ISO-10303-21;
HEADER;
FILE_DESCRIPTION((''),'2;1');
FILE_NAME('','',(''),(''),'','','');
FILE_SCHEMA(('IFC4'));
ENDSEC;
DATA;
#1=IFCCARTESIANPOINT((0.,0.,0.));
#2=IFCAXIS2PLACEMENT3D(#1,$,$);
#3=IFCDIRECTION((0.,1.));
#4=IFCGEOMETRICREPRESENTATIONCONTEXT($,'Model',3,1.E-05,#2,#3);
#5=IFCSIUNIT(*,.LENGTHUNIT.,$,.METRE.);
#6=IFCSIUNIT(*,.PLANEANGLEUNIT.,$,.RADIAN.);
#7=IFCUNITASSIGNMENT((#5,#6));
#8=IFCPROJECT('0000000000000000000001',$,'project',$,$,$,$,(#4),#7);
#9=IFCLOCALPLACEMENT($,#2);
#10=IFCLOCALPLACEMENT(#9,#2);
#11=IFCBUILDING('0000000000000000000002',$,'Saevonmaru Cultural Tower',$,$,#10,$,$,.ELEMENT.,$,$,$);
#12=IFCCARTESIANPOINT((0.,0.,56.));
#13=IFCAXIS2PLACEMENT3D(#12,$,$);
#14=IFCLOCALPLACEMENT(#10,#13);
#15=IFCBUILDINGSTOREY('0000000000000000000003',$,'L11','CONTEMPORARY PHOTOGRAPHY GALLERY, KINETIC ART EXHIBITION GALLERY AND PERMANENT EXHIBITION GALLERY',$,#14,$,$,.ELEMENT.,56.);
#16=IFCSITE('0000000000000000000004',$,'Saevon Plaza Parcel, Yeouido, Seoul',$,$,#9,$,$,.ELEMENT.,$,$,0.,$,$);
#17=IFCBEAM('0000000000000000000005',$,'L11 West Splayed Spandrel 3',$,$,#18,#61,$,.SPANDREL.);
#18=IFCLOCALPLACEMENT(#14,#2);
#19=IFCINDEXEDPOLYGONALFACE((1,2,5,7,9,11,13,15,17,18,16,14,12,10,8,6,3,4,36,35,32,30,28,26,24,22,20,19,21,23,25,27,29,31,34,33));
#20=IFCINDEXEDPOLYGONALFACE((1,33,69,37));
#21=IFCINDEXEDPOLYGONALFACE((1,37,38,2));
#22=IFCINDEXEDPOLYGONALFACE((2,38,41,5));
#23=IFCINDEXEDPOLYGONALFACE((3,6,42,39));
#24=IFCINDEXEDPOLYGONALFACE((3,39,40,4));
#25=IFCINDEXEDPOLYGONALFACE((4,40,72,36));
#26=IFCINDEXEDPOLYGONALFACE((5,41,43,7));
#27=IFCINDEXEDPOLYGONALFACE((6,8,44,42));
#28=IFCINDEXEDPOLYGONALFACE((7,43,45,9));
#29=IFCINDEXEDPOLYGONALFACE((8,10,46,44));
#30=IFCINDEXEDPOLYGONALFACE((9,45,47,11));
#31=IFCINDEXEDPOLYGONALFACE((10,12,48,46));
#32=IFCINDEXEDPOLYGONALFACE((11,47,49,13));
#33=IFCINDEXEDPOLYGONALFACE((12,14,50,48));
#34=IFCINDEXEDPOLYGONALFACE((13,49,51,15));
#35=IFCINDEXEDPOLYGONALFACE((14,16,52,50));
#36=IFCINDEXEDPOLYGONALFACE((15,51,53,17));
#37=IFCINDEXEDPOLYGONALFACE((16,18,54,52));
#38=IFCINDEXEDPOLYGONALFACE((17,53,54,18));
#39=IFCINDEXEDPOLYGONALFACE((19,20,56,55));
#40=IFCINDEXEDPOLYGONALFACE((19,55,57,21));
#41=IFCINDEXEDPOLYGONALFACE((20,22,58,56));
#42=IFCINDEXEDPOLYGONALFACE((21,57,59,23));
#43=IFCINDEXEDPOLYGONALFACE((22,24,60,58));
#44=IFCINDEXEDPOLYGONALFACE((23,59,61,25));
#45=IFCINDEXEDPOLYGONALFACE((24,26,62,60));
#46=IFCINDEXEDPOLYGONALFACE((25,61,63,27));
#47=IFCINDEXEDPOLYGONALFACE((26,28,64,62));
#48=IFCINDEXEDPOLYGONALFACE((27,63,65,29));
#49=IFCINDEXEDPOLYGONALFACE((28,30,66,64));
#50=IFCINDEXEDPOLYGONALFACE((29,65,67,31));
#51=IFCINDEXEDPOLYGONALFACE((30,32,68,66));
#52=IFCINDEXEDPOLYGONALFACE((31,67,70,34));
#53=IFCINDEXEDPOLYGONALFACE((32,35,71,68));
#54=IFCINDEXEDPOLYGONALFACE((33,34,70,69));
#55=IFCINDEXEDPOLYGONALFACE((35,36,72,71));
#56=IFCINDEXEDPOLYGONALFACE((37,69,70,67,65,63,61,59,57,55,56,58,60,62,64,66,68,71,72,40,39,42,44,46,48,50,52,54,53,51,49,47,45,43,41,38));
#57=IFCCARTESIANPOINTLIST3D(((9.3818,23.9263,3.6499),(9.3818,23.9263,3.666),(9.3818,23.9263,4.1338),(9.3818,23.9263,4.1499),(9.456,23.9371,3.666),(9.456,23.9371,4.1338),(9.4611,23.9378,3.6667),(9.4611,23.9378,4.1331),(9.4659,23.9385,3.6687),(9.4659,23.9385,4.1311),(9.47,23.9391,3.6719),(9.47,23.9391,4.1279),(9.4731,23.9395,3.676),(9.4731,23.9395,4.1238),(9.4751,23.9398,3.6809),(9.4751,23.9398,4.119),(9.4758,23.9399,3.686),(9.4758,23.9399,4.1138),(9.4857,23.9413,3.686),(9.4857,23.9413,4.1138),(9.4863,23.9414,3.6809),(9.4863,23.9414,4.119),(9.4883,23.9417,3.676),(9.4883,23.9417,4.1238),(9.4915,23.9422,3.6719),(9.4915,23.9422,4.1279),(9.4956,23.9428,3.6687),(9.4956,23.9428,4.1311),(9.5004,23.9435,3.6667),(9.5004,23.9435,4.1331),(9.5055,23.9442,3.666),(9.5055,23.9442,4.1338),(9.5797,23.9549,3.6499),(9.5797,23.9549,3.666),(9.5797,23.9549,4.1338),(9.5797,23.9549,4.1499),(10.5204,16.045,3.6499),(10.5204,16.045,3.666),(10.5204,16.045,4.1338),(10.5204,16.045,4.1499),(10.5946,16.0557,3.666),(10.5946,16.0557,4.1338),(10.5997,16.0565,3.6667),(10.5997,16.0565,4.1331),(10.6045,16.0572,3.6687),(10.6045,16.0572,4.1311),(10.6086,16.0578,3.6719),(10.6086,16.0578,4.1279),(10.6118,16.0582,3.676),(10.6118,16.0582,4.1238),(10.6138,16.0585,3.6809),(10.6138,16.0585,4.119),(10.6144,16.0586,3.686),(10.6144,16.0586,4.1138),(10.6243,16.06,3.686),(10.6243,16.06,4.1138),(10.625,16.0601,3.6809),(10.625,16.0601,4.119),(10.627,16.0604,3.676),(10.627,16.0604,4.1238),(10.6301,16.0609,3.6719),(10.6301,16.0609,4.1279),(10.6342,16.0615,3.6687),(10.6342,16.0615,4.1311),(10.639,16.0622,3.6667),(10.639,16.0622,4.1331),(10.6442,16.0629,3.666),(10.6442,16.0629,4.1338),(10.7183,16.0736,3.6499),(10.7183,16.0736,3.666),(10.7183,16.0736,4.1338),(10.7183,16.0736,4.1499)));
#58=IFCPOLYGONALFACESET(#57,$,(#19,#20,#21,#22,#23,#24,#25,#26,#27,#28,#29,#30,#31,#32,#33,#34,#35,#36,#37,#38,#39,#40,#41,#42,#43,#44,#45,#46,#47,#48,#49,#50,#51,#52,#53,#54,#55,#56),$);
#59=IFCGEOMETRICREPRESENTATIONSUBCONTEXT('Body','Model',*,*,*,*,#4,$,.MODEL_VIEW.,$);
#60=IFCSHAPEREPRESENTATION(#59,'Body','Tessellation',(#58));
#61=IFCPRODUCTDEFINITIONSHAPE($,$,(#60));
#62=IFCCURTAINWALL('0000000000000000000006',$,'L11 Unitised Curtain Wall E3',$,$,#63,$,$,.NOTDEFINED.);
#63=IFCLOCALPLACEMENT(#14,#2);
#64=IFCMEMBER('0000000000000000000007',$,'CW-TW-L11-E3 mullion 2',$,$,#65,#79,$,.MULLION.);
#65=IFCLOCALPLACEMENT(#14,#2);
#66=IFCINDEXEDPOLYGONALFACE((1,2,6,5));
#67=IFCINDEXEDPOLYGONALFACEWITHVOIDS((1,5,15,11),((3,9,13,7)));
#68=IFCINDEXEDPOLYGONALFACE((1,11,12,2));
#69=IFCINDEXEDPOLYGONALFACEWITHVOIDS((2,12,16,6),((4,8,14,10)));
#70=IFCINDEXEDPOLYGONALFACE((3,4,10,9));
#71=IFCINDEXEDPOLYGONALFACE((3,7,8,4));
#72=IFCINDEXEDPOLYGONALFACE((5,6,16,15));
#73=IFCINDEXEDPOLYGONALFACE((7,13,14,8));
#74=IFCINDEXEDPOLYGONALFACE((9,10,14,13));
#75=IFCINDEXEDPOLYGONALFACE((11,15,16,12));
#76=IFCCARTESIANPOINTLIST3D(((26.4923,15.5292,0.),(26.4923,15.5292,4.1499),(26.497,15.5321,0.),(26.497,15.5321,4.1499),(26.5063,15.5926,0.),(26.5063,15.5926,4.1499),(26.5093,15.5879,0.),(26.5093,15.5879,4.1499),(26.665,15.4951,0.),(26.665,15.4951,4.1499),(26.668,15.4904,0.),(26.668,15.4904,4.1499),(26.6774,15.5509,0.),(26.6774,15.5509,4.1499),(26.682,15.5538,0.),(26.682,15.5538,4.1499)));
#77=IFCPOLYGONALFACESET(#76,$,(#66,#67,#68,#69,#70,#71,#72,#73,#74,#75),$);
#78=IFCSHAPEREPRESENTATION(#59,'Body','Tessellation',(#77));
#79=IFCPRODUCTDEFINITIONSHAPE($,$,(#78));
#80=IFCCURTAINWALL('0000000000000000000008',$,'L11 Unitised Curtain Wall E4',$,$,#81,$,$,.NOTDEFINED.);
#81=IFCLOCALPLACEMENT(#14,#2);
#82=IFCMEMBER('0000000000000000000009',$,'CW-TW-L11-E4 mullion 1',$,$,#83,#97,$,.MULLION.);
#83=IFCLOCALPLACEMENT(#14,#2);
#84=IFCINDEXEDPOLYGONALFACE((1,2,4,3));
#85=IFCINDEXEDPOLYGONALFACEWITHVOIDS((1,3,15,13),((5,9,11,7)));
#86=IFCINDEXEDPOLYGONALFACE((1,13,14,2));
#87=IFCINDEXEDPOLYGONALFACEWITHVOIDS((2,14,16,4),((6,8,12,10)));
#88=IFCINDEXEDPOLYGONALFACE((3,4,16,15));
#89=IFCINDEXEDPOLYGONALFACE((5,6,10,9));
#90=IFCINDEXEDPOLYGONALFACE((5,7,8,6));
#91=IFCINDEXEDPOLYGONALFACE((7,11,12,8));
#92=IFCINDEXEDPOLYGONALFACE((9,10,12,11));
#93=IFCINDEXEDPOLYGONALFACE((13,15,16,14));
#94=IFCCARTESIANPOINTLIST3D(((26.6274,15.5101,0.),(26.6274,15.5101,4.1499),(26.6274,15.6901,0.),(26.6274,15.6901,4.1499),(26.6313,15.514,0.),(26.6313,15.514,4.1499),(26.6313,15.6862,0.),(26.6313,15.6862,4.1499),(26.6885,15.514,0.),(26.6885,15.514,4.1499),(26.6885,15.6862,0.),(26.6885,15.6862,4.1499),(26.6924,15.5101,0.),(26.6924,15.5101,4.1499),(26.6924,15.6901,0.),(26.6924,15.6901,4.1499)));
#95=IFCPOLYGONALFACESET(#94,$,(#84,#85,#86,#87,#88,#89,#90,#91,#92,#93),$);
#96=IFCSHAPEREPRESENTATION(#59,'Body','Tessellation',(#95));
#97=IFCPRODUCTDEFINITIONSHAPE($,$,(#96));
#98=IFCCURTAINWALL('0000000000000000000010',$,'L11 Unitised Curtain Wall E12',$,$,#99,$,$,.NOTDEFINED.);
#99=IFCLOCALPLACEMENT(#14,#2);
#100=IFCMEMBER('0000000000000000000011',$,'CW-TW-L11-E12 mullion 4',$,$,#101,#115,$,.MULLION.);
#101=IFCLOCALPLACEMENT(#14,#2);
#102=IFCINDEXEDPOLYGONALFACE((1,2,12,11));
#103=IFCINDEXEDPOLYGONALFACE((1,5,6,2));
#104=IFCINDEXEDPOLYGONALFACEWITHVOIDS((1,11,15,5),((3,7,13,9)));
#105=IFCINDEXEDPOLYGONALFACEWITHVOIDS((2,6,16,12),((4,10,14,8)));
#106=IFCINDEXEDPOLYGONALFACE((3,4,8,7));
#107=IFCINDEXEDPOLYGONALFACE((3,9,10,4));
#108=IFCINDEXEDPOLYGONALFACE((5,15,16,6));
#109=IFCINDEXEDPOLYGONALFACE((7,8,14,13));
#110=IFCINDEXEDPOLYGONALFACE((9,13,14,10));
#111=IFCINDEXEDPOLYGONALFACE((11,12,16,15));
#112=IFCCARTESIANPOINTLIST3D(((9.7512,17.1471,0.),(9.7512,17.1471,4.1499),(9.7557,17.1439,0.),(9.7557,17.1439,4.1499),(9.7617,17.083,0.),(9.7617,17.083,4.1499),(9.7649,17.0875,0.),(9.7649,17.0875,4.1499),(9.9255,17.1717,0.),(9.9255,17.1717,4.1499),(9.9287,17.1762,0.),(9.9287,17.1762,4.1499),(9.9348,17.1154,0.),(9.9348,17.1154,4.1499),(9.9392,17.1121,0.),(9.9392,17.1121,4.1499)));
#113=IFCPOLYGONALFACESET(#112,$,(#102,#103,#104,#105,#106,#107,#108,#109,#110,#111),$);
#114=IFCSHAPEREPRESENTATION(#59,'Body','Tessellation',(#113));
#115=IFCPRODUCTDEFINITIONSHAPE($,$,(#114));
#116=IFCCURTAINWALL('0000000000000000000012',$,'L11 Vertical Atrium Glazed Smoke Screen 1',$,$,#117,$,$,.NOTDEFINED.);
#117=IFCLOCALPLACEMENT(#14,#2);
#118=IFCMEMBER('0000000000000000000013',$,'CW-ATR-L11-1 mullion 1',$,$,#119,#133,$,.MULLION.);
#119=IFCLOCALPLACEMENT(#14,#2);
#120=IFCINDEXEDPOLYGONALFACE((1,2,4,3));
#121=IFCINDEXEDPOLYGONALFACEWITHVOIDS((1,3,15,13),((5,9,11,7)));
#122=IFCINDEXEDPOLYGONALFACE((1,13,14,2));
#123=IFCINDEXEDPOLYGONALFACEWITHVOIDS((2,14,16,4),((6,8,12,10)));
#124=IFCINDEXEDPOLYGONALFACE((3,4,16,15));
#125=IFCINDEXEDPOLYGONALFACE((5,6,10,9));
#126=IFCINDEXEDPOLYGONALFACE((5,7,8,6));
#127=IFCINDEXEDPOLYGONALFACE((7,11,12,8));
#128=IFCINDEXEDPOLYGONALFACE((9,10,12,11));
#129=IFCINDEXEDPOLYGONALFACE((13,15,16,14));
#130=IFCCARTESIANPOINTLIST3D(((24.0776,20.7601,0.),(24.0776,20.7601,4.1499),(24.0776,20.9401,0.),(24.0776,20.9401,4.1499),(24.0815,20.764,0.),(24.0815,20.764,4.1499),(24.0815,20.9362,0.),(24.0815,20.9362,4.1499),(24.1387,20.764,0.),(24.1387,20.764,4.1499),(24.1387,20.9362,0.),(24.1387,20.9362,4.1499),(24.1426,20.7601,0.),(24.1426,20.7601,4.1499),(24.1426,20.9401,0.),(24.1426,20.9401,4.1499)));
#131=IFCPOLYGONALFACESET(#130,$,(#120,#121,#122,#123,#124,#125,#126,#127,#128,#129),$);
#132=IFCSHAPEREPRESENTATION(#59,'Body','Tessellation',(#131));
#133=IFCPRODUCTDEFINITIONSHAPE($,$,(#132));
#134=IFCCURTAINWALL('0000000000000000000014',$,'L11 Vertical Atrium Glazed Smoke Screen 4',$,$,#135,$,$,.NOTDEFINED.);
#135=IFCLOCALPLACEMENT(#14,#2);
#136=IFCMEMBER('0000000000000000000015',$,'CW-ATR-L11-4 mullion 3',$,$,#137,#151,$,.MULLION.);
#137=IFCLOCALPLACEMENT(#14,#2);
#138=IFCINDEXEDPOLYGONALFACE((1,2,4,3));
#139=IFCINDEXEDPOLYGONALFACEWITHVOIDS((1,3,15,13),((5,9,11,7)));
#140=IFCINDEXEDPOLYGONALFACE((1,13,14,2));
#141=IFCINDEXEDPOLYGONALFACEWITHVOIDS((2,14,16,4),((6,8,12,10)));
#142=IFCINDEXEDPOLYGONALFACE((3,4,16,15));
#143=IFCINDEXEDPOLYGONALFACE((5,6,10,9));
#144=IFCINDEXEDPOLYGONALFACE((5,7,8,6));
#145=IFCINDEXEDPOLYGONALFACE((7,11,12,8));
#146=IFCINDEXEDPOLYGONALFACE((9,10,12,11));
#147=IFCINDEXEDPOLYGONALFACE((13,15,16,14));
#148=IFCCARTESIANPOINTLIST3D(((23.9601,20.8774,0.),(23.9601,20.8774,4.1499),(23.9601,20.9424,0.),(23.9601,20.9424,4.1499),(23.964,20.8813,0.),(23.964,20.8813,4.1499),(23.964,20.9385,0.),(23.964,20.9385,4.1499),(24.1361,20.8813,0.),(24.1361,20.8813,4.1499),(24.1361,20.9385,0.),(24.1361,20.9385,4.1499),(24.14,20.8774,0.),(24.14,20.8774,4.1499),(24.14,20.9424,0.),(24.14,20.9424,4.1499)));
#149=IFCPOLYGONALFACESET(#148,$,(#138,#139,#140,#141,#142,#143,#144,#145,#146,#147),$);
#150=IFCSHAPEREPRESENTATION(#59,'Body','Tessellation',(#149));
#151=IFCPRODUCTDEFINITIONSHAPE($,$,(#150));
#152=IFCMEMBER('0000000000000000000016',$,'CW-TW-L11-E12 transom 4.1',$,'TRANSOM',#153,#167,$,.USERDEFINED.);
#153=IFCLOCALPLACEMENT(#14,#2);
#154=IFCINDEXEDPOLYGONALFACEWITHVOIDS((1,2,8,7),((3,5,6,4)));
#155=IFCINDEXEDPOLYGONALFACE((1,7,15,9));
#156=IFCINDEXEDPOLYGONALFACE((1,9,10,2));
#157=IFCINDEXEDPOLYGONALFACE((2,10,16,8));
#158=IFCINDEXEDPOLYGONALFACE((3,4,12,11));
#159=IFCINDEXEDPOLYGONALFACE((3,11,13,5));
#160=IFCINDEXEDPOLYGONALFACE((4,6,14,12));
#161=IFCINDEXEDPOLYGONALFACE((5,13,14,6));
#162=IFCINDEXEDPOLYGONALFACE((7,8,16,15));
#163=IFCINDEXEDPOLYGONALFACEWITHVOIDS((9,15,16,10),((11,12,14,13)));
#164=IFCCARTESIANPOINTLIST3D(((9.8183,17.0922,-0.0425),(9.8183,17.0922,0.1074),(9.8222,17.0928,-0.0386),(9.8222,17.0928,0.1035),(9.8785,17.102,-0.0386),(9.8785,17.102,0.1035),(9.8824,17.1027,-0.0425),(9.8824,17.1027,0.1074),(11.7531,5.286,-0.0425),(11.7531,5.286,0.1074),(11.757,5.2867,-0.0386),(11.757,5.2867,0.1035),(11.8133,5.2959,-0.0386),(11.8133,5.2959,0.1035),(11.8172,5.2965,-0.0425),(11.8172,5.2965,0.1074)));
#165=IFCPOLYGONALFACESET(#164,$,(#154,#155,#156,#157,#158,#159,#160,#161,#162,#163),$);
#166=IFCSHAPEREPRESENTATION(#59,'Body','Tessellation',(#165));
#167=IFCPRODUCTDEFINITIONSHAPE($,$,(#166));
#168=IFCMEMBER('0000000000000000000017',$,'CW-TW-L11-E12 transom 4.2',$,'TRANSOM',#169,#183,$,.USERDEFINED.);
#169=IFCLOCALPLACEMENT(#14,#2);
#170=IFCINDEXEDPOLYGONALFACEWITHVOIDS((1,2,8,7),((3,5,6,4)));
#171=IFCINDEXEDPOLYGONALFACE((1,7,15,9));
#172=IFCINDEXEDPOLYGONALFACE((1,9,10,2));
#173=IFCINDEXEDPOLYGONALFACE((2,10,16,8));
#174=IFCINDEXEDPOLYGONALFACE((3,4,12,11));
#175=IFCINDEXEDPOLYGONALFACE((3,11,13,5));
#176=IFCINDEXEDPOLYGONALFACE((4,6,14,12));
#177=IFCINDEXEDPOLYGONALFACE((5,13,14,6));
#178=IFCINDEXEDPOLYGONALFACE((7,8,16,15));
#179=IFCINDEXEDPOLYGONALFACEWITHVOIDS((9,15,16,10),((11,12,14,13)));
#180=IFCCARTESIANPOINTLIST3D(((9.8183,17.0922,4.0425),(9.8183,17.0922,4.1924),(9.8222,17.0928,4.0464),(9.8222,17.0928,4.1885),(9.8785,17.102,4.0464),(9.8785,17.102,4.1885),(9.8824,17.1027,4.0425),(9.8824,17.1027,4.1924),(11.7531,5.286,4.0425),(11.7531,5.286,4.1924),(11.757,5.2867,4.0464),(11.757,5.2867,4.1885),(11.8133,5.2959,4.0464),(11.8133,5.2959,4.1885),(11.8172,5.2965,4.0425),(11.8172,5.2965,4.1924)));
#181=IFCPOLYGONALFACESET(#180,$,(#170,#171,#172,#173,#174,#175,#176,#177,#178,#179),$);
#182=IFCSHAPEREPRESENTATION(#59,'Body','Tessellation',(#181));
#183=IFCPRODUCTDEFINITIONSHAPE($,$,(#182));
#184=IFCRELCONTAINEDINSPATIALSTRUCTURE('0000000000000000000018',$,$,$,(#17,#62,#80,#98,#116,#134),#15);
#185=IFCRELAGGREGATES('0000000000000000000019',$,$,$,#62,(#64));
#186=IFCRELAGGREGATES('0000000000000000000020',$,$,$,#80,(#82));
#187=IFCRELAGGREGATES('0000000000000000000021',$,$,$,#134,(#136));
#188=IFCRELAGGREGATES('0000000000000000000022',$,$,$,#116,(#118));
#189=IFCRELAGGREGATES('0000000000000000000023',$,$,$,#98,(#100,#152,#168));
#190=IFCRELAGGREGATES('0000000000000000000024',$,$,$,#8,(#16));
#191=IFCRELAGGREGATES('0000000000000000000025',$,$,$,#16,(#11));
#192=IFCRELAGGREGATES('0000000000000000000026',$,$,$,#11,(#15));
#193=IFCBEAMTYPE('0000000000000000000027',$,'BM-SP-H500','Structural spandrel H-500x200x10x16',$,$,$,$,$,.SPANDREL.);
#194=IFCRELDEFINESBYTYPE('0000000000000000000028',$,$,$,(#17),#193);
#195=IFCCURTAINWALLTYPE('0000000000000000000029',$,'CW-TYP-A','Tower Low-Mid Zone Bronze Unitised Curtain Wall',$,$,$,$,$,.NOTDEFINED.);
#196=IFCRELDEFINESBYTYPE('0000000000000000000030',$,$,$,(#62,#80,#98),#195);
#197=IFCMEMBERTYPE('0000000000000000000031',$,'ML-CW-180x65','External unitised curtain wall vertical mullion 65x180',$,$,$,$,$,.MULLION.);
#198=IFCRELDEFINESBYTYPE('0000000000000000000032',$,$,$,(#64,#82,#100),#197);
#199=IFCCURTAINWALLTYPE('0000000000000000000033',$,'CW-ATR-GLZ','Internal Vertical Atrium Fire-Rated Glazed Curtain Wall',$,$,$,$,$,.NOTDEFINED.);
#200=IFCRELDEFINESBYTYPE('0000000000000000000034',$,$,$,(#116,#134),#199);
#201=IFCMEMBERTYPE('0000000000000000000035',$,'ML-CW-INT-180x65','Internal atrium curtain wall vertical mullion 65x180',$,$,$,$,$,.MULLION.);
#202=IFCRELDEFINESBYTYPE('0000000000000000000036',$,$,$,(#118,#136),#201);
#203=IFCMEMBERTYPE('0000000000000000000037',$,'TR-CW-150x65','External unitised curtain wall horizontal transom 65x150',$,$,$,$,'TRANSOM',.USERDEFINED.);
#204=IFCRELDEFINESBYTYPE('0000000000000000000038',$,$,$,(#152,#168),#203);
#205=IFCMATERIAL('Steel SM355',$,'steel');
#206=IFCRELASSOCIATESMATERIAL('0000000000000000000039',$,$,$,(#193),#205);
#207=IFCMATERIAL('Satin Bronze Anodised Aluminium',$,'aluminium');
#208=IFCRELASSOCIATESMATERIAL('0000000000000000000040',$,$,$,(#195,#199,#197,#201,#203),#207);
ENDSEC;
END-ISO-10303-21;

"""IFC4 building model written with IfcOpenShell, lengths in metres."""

from ifc_helpers import new_model, si_unit, direction, frame, origin, origin_2d, place, context, subcontext, project, spatial, hollow_rectangle, i_section, extrude, material, material_profile, profile_set, type_object, element, aggregate, save


model = new_model("IFC4")

# Units and contexts
model_context = context("Model", 3, precision=1e-05, world=origin(), true_north=direction((0.0, 1.0)))
body_context = subcontext(model_context, "Body", "Model", "MODEL_VIEW")
ifc_project = project(units=[si_unit("LENGTHUNIT", "METRE"), si_unit("PLANEANGLEUNIT", "RADIAN")], contexts=[model_context])

# Site, building, storey
site_placement = place(None, origin())
site = spatial("IfcSite", under=ifc_project, at=site_placement, Name="Saevon Plaza Parcel, Yeouido, Seoul", CompositionType="ELEMENT", RefElevation=0.0)
building_placement = place(site_placement, origin())
building = spatial("IfcBuilding", under=site, at=building_placement, Name="Saevonmaru Cultural Tower", CompositionType="ELEMENT")
storey_placement = place(building_placement, frame((0.0, 0.0, 56.0)))
storey = spatial("IfcBuildingStorey", under=building, at=storey_placement, Name="L11", Description="CONTEMPORARY PHOTOGRAPHY GALLERY, KINETIC ART EXHIBITION GALLERY AND PERMANENT EXHIBITION GALLERY", CompositionType="ELEMENT", Elevation=56.0)

# Beam
ifc_material_1 = material(Name="Steel SM355", Category="steel")
ifc_material_profile_1 = material_profile(ifc_material_1, i_section(OverallWidth=0.2, OverallDepth=0.5, WebThickness=0.01, FlangeThickness=0.0161, FilletRadius=0.02, at=origin_2d()), Name="H-500x200x10x16")
ifc_profile_set_1 = profile_set([ifc_material_profile_1], Name="Steel SM355")
beam_type_1 = type_object("IfcBeamType", Name="BM-SP-H500", Description="Structural spandrel H-500x200x10x16", PredefinedType="SPANDREL", material=ifc_profile_set_1)
beam_1_placement = place(storey_placement, frame((10.6194, 16.0593, 3.8999), z_axis=(-0.142992, 0.989724, 0.0), x_axis=(-0.989724, -0.142992, 0.0)))
element("IfcBeam", 1, at=beam_1_placement, inside=storey, type_object=beam_type_1, Name="L11 West Splayed Spandrel 3", PredefinedType="SPANDREL", context=body_context, shape_type="SweptSolid", body=[
    extrude(i_section(OverallWidth=0.2, OverallDepth=0.5, WebThickness=0.01, FlangeThickness=0.0161, FilletRadius=0.02, at=origin_2d()), origin(), (0.0, 0.0, 1.0), 7.9631),
])

# Curtain walls, members
ifc_material_2 = material(Name="Satin Bronze Anodised Aluminium", Category="aluminium")
curtain_wall_type_1 = type_object("IfcCurtainWallType", Name="CW-TYP-A", Description="Tower Low-Mid Zone Bronze Unitised Curtain Wall", PredefinedType="NOTDEFINED", material=ifc_material_2)
curtain_wall_1_placement = place(storey_placement, origin())
curtain_wall_1 = element("IfcCurtainWall", 2, at=curtain_wall_1_placement, inside=storey, type_object=curtain_wall_type_1, Name="L11 Unitised Curtain Wall E3", PredefinedType="NOTDEFINED")
ifc_material_profile_2 = material_profile(ifc_material_2, hollow_rectangle(XDim=0.0649, YDim=0.1799, WallThickness=0.0039, at=origin_2d()), Name="ALU-MULL-180x65x4")
ifc_profile_set_2 = profile_set([ifc_material_profile_2], Name="Satin Bronze Anodised Aluminium")
member_type_1 = type_object("IfcMemberType", Name="ML-CW-180x65", Description="External unitised curtain wall vertical mullion 65x180", PredefinedType="MULLION", material=ifc_profile_set_2)
member_1_placement = place(storey_placement, frame((26.5872, 15.5415, 0.0), z_axis=(0.0, 0.0, 1.0), x_axis=(0.215413, 0.976523, 0.0)))
member_1 = element("IfcMember", 3, at=member_1_placement, type_object=member_type_1, Name="CW-TW-L11-E3 mullion 2", PredefinedType="MULLION", context=body_context, shape_type="SweptSolid", body=[
    extrude(hollow_rectangle(XDim=0.0649, YDim=0.1799, WallThickness=0.0039, at=origin_2d()), origin(), (0.0, 0.0, 1.0), 4.1499),
])
aggregate(curtain_wall_1, [member_1])
curtain_wall_2_placement = place(storey_placement, origin())
curtain_wall_2 = element("IfcCurtainWall", 4, at=curtain_wall_2_placement, inside=storey, type_object=curtain_wall_type_1, Name="L11 Unitised Curtain Wall E4", PredefinedType="NOTDEFINED")
member_2_placement = place(storey_placement, frame((26.6599, 15.6001, 0.0), z_axis=(0.0, 0.0, 1.0), x_axis=(1.0, 0.0, 0.0)))
member_2 = element("IfcMember", 5, at=member_2_placement, type_object=member_type_1, Name="CW-TW-L11-E4 mullion 1", PredefinedType="MULLION", context=body_context, shape_type="SweptSolid", body=[
    extrude(hollow_rectangle(XDim=0.0649, YDim=0.1799, WallThickness=0.0039, at=origin_2d()), origin(), (0.0, 0.0, 1.0), 4.1499),
])
aggregate(curtain_wall_2, [member_2])
curtain_wall_3_placement = place(storey_placement, origin())
curtain_wall_3 = element("IfcCurtainWall", 6, at=curtain_wall_3_placement, inside=storey, type_object=curtain_wall_type_1, Name="L11 Unitised Curtain Wall E12", PredefinedType="NOTDEFINED")
member_3_placement = place(storey_placement, frame((9.8452, 17.1296, 0.0), z_axis=(0.0, 0.0, 1.0), x_axis=(0.161709, -0.986839, 0.0)))
member_3 = element("IfcMember", 7, at=member_3_placement, type_object=member_type_1, Name="CW-TW-L11-E12 mullion 4", PredefinedType="MULLION", context=body_context, shape_type="SweptSolid", body=[
    extrude(hollow_rectangle(XDim=0.0649, YDim=0.1799, WallThickness=0.0039, at=origin_2d()), origin(), (0.0, 0.0, 1.0), 4.1499),
])
curtain_wall_type_2 = type_object("IfcCurtainWallType", Name="CW-ATR-GLZ", Description="Internal Vertical Atrium Fire-Rated Glazed Curtain Wall", PredefinedType="NOTDEFINED", material=ifc_material_2)
curtain_wall_4_placement = place(storey_placement, origin())
curtain_wall_4 = element("IfcCurtainWall", 8, at=curtain_wall_4_placement, inside=storey, type_object=curtain_wall_type_2, Name="L11 Vertical Atrium Glazed Smoke Screen 1", PredefinedType="NOTDEFINED")
ifc_material_profile_3 = material_profile(ifc_material_2, hollow_rectangle(XDim=0.0649, YDim=0.1799, WallThickness=0.0039, at=origin_2d()), Name="ALU-MULL-180x65x4")
ifc_profile_set_3 = profile_set([ifc_material_profile_3], Name="Satin Bronze Anodised Aluminium")
member_type_2 = type_object("IfcMemberType", Name="ML-CW-INT-180x65", Description="Internal atrium curtain wall vertical mullion 65x180", PredefinedType="MULLION", material=ifc_profile_set_3)
member_4_placement = place(storey_placement, frame((24.1101, 20.8501, 0.0), z_axis=(0.0, 0.0, 1.0), x_axis=(1.0, 0.0, 0.0)))
member_4 = element("IfcMember", 9, at=member_4_placement, type_object=member_type_2, Name="CW-ATR-L11-1 mullion 1", PredefinedType="MULLION", context=body_context, shape_type="SweptSolid", body=[
    extrude(hollow_rectangle(XDim=0.0649, YDim=0.1799, WallThickness=0.0039, at=origin_2d()), origin(), (0.0, 0.0, 1.0), 4.1499),
])
curtain_wall_5_placement = place(storey_placement, origin())
curtain_wall_5 = element("IfcCurtainWall", 10, at=curtain_wall_5_placement, inside=storey, type_object=curtain_wall_type_2, Name="L11 Vertical Atrium Glazed Smoke Screen 4", PredefinedType="NOTDEFINED")
member_5_placement = place(storey_placement, frame((24.05, 20.9099, 0.0), z_axis=(0.0, 0.0, 1.0), x_axis=(0.0, -1.0, 0.0)))
member_5 = element("IfcMember", 11, at=member_5_placement, type_object=member_type_2, Name="CW-ATR-L11-4 mullion 3", PredefinedType="MULLION", context=body_context, shape_type="SweptSolid", body=[
    extrude(hollow_rectangle(XDim=0.0649, YDim=0.1799, WallThickness=0.0039, at=origin_2d()), origin(), (0.0, 0.0, 1.0), 4.1499),
])
aggregate(curtain_wall_5, [member_5])

# Members
ifc_material_profile_4 = material_profile(ifc_material_2, hollow_rectangle(XDim=0.0649, YDim=0.1499, WallThickness=0.0039, at=origin_2d()), Name="ALU-TRAN-150x65x4")
ifc_profile_set_4 = profile_set([ifc_material_profile_4], Name="Satin Bronze Anodised Aluminium")
member_type_3 = type_object("IfcMemberType", Name="TR-CW-150x65", Description="External unitised curtain wall horizontal transom 65x150", ElementType="TRANSOM", PredefinedType="USERDEFINED", material=ifc_profile_set_4)
member_6_placement = place(storey_placement, frame((9.8503, 17.0974, 0.0325), z_axis=(0.161725, -0.986836, 0.0), x_axis=(0.986836, 0.161725, 0.0)))
member_6 = element("IfcMember", 12, at=member_6_placement, type_object=member_type_3, Name="CW-TW-L11-E12 transom 4.1", ObjectType="TRANSOM", PredefinedType="USERDEFINED", context=body_context, shape_type="SweptSolid", body=[
    extrude(hollow_rectangle(XDim=0.0649, YDim=0.1499, WallThickness=0.0039, at=origin_2d()), origin(), (0.0, 0.0, 1.0), 11.9636),
])
member_7_placement = place(storey_placement, frame((9.8503, 17.0974, 4.1174), z_axis=(0.161725, -0.986836, 0.0), x_axis=(0.986836, 0.161725, 0.0)))
member_7 = element("IfcMember", 13, at=member_7_placement, type_object=member_type_3, Name="CW-TW-L11-E12 transom 4.2", ObjectType="TRANSOM", PredefinedType="USERDEFINED", context=body_context, shape_type="SweptSolid", body=[
    extrude(hollow_rectangle(XDim=0.0649, YDim=0.1499, WallThickness=0.0039, at=origin_2d()), origin(), (0.0, 0.0, 1.0), 11.9636),
])
aggregate(curtain_wall_4, [member_4])

aggregate(curtain_wall_3, [member_3, member_6, member_7])

save(model, "model.ifc")
